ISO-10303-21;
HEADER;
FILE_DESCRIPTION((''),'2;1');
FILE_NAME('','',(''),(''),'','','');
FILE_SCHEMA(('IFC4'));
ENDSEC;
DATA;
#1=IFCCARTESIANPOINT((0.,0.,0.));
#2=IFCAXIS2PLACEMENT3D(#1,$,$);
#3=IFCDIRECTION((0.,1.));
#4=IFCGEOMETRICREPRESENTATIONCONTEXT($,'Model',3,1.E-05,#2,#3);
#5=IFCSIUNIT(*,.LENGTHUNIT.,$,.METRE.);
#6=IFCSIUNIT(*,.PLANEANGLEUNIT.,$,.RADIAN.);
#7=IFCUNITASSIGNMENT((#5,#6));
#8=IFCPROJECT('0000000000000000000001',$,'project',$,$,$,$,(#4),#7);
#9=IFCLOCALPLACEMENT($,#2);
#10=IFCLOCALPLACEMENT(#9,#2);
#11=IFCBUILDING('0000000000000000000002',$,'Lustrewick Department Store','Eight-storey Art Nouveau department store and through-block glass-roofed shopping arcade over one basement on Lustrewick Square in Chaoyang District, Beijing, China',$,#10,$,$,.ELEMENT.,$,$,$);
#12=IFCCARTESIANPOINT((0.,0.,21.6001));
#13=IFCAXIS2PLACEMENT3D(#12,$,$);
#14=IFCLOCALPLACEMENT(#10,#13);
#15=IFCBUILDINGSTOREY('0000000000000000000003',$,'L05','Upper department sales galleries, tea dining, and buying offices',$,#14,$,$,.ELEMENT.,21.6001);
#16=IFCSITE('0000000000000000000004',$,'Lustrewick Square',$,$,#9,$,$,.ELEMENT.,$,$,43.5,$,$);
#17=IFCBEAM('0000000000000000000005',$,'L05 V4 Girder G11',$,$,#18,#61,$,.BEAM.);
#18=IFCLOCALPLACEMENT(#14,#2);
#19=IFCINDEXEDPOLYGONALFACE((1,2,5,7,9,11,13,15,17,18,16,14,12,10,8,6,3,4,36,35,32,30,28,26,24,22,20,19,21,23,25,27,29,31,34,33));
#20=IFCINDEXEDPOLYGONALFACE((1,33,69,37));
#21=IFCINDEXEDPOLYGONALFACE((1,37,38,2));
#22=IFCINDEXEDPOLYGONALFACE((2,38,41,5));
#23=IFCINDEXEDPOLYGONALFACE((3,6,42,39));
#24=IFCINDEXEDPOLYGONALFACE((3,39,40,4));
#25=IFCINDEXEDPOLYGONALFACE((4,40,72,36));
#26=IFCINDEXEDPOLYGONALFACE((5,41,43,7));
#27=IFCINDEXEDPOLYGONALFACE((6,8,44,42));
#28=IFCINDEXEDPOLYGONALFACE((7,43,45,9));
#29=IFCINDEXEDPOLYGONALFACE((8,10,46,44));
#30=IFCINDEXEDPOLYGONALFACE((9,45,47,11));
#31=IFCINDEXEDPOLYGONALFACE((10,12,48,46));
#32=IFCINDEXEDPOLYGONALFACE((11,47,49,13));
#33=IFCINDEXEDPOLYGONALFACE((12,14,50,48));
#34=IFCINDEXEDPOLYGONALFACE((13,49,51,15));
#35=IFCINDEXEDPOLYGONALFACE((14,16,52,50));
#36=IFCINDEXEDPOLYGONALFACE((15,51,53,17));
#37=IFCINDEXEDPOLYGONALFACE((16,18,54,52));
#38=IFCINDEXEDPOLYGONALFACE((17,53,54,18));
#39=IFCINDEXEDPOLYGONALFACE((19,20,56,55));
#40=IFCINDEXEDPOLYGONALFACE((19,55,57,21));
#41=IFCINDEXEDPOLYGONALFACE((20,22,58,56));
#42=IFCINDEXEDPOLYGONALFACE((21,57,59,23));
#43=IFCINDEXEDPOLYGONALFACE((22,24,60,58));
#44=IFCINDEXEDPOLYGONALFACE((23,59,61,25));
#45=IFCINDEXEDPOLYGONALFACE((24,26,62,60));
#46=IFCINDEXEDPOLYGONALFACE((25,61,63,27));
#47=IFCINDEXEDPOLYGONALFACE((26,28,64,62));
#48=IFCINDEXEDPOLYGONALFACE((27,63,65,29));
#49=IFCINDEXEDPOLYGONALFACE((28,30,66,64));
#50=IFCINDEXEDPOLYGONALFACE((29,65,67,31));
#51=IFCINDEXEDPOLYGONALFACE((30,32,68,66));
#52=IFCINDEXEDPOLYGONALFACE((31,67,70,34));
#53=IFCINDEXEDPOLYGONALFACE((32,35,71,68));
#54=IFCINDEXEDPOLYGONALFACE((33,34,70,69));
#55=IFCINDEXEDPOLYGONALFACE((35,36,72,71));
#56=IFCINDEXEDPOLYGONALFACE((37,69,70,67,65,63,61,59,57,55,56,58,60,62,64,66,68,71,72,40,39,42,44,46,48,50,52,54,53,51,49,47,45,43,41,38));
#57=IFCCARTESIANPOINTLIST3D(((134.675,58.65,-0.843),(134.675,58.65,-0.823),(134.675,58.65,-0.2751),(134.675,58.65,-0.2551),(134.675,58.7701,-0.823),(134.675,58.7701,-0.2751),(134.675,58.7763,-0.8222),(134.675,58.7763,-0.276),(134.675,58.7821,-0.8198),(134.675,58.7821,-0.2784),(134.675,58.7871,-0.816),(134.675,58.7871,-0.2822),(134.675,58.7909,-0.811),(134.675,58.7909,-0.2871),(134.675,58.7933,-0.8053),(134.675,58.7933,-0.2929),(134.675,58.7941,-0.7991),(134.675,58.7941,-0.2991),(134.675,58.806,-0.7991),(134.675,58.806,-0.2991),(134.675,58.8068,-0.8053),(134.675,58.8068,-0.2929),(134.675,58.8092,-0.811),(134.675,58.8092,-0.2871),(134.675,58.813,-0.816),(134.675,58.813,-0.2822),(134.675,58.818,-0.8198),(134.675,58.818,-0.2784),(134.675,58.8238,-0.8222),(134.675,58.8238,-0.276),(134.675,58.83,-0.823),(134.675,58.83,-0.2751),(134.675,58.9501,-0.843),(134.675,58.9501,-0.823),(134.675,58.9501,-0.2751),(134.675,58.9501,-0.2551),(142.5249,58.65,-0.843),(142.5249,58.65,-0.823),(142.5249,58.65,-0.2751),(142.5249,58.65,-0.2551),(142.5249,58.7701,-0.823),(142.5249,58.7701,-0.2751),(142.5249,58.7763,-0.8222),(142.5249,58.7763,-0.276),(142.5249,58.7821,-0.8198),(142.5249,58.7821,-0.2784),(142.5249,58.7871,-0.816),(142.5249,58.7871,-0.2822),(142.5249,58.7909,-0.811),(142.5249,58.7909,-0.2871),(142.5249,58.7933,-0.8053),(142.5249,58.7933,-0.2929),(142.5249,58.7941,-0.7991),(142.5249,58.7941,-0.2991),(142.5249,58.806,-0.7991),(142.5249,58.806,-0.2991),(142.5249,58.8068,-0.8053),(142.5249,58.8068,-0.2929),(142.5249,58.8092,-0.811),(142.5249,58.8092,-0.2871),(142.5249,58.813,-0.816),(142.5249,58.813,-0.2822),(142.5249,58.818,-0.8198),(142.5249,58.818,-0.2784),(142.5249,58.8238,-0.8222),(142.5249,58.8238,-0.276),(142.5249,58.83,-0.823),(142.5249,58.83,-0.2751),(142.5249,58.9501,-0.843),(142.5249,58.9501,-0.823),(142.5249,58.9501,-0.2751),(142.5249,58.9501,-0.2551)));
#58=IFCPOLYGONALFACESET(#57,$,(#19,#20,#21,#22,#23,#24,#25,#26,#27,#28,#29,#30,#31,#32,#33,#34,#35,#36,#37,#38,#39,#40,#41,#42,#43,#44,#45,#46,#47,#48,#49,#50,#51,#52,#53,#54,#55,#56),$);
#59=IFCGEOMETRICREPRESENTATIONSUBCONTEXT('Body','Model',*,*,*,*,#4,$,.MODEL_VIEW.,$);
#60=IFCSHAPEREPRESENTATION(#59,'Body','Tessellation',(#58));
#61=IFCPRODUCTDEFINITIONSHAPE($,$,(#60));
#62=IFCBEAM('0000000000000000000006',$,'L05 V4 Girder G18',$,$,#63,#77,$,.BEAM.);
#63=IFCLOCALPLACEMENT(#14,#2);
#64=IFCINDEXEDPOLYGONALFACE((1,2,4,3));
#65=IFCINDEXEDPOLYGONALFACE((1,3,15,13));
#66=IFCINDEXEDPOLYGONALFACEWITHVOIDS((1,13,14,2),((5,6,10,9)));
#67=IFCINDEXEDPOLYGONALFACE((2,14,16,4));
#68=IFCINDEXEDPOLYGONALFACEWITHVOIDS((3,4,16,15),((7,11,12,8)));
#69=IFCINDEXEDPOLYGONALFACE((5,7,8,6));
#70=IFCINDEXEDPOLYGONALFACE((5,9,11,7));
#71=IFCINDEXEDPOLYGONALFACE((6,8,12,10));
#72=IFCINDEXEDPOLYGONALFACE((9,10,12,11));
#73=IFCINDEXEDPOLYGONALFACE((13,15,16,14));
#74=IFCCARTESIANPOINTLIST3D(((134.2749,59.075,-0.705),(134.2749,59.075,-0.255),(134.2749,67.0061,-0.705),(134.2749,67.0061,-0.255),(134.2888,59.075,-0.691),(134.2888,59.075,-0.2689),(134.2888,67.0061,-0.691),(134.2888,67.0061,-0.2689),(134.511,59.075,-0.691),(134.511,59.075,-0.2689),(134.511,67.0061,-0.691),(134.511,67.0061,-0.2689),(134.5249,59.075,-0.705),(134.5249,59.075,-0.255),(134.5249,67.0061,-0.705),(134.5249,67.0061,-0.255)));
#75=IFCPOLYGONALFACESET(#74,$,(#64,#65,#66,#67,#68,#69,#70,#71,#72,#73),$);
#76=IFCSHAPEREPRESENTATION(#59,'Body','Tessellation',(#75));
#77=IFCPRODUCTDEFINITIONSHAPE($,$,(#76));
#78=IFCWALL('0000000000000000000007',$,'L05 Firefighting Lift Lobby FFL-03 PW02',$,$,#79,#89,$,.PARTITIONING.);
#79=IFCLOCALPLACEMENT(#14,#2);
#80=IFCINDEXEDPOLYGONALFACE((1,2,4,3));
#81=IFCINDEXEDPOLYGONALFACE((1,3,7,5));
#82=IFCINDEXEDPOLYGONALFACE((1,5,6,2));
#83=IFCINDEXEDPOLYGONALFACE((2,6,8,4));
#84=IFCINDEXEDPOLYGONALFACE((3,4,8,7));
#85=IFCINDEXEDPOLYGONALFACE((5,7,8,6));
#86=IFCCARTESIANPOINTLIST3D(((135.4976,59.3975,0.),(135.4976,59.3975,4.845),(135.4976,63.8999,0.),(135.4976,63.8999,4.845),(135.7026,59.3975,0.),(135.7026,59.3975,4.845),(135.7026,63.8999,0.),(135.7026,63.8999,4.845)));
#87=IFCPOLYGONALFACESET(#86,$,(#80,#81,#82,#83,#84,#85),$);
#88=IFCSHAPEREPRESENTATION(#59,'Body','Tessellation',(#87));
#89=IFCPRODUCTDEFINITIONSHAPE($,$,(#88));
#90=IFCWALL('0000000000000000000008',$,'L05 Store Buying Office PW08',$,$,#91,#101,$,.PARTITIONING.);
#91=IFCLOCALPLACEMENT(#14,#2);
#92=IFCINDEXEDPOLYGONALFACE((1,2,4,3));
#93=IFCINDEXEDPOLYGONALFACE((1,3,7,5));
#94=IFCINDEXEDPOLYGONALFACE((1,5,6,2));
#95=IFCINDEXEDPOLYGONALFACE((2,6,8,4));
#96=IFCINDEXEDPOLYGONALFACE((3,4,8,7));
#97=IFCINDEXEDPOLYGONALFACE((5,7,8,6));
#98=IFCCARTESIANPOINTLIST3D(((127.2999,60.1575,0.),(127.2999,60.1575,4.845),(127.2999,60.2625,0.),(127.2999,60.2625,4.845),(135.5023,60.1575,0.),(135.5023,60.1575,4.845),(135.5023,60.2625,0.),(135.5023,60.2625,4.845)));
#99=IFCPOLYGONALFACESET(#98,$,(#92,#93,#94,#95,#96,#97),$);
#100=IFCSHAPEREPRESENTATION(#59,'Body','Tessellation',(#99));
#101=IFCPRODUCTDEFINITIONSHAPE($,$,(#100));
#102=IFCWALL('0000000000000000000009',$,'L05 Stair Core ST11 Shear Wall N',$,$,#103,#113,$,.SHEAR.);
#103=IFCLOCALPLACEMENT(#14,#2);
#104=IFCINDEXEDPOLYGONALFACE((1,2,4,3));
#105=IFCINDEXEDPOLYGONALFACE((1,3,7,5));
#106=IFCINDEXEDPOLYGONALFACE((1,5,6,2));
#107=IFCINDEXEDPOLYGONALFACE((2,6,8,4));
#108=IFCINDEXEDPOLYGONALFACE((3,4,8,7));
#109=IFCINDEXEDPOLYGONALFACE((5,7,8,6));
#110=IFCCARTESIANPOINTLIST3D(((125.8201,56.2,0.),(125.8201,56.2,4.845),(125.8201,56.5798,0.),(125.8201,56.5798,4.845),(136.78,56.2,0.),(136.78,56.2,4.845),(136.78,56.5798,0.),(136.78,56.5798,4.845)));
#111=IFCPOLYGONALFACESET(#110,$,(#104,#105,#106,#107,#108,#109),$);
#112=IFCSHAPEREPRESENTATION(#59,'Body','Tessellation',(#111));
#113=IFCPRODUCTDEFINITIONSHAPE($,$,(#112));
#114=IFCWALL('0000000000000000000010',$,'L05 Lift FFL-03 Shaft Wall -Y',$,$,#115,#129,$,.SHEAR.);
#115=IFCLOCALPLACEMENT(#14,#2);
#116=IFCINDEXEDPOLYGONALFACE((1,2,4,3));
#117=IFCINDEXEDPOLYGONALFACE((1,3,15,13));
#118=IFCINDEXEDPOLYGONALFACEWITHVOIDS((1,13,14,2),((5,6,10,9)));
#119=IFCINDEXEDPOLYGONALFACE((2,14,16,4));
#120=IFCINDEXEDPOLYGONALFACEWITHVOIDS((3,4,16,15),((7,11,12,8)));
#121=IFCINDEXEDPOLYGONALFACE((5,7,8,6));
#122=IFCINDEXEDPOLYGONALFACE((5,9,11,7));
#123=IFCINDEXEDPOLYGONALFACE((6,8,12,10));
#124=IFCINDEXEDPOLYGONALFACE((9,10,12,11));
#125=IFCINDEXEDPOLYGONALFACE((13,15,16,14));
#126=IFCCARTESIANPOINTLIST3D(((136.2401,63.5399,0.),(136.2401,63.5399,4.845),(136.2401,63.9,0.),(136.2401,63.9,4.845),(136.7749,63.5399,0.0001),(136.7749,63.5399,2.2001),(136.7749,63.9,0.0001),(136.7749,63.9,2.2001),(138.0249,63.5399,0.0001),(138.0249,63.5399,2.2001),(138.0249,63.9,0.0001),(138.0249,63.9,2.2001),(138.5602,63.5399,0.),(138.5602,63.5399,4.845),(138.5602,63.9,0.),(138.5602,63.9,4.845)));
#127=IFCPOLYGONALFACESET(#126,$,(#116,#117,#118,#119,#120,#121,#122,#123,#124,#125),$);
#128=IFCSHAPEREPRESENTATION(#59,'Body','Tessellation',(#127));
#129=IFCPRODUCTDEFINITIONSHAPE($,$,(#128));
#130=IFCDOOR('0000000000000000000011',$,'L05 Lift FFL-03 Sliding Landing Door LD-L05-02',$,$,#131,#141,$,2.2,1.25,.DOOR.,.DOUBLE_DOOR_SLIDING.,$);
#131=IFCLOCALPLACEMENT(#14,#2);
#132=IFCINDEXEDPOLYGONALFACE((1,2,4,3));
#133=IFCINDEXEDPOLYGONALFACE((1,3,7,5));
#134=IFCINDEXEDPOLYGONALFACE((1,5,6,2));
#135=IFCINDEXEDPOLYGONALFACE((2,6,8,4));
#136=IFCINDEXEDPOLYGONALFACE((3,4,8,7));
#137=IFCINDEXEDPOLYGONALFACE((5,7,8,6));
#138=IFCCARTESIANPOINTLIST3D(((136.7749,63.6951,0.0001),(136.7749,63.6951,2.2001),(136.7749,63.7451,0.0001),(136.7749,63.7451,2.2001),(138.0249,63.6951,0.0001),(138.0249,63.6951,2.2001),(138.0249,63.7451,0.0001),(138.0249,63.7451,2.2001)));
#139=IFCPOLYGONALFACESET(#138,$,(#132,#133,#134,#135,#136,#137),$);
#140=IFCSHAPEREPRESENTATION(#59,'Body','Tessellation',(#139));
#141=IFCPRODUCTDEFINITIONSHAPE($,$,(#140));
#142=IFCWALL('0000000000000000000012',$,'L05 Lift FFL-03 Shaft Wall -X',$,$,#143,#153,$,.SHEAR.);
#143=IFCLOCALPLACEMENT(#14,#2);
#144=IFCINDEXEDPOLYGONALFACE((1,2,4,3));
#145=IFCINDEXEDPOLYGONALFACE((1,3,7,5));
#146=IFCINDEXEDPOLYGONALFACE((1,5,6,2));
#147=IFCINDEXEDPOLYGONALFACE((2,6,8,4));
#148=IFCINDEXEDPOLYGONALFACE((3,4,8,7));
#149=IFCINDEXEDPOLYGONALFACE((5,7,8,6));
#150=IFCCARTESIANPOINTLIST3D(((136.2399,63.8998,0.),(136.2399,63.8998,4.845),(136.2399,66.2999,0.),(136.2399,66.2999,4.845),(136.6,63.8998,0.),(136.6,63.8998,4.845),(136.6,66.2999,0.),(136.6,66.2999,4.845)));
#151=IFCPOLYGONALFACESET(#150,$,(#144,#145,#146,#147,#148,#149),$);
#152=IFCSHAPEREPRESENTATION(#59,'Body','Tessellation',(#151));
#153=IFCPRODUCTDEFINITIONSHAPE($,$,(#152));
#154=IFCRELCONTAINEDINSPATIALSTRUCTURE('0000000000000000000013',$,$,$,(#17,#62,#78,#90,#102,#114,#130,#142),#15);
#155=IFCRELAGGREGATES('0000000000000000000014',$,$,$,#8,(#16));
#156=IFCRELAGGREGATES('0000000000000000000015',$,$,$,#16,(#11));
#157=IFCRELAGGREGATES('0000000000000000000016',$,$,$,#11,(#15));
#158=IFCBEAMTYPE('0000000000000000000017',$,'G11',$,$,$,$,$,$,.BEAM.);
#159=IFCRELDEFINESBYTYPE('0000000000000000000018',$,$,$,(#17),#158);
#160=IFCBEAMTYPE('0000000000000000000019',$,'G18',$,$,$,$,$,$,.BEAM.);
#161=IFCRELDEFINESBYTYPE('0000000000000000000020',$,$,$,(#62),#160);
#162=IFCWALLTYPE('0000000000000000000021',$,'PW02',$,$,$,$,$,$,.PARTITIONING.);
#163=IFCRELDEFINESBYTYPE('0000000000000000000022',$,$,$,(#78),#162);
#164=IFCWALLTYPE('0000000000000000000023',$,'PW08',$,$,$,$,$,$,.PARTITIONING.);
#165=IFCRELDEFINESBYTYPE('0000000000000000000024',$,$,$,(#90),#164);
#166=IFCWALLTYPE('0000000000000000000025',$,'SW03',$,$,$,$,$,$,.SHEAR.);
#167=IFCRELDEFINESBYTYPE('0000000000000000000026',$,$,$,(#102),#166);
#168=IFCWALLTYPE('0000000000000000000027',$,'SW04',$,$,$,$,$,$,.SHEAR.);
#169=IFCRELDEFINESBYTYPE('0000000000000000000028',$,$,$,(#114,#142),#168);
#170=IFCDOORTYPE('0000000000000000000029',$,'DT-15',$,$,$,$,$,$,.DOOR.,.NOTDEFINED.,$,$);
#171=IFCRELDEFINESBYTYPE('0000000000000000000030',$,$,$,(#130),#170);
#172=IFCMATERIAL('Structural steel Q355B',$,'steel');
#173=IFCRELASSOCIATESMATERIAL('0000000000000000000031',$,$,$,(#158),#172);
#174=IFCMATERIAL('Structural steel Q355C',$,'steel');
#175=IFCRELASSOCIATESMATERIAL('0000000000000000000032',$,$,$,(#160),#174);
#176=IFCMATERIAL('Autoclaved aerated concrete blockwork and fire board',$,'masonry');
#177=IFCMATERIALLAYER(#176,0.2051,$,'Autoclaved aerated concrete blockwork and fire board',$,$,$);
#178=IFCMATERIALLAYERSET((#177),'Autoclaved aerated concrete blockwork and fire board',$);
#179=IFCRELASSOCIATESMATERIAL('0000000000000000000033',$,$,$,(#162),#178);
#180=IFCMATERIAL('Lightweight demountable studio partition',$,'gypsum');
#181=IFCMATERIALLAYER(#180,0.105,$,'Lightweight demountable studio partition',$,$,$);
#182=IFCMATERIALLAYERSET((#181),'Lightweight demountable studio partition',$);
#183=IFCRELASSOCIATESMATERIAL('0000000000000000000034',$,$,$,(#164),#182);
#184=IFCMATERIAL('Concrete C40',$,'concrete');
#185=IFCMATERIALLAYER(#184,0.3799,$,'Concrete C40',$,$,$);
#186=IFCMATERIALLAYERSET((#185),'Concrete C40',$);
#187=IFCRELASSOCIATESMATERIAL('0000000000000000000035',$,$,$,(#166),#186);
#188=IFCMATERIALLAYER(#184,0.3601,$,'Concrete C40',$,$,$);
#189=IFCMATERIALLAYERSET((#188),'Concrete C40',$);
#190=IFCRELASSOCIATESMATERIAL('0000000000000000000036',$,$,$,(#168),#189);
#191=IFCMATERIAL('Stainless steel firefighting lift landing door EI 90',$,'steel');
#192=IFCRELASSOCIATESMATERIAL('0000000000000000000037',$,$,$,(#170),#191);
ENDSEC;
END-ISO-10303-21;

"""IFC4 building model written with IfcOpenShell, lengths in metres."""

from ifc_helpers import new_model, si_unit, direction, frame, frame_2d, origin, origin_2d, place, context, subcontext, project, spatial, rectangle, hollow_rectangle, i_section, extrude, material, layer, layer_set, material_profile, profile_set, type_object, element, fill, save


model = new_model("IFC4")

# Units and contexts
model_context = context("Model", 3, precision=1e-05, world=origin(), true_north=direction((0.0, 1.0)))
body_context = subcontext(model_context, "Body", "Model", "MODEL_VIEW")
ifc_project = project(units=[si_unit("LENGTHUNIT", "METRE"), si_unit("PLANEANGLEUNIT", "RADIAN")], contexts=[model_context])

# Site, building, storey
site_placement = place(None, origin())
site = spatial("IfcSite", under=ifc_project, at=site_placement, Name="Lustrewick Square", CompositionType="ELEMENT", RefElevation=43.5)
building_placement = place(site_placement, origin())
building = spatial("IfcBuilding", under=site, at=building_placement, Name="Lustrewick Department Store", Description="Eight-storey Art Nouveau department store and through-block glass-roofed shopping arcade over one basement on Lustrewick Square in Chaoyang District, Beijing, China", CompositionType="ELEMENT")
storey_placement = place(building_placement, frame((0.0, 0.0, 21.6001)))
storey = spatial("IfcBuildingStorey", under=building, at=storey_placement, Name="L05", Description="Upper department sales galleries, tea dining, and buying offices", CompositionType="ELEMENT", Elevation=21.6001)

# Shared definitions
ifc_material_1 = material(Name="Structural steel Q355B", Category="steel")

# Shared definitions
ifc_material_2 = material(Name="Structural steel Q355C", Category="steel")

# Beams
ifc_material_profile_1 = material_profile(ifc_material_1, i_section(OverallWidth=0.3, OverallDepth=0.5879, WebThickness=0.012, FlangeThickness=0.02, FilletRadius=0.0239, at=origin_2d()), Name="HM 588x300x12x20")
ifc_profile_set_1 = profile_set([ifc_material_profile_1], Name="Structural steel Q355B")
beam_type_1 = type_object("IfcBeamType", Name="G11", PredefinedType="BEAM", material=ifc_profile_set_1)
beam_1_placement = place(storey_placement, frame((134.675, 58.8, -0.5491), z_axis=(1.0, 0.0, 0.0), x_axis=(0.0, 1.0, 0.0)))
element("IfcBeam", 1, at=beam_1_placement, inside=storey, type_object=beam_type_1, Name="L05 V4 Girder G11", PredefinedType="BEAM", context=body_context, shape_type="SweptSolid", body=[
    extrude(i_section(OverallWidth=0.3, OverallDepth=0.5879, WebThickness=0.012, FlangeThickness=0.02, FilletRadius=0.0239, at=origin_2d()), origin(), (0.0, 0.0, 1.0), 7.8499),
])
ifc_material_profile_2 = material_profile(ifc_material_2, hollow_rectangle(XDim=0.25, YDim=0.45, WallThickness=0.0139, at=origin_2d()), Name="RHS 450x250x14")
ifc_profile_set_2 = profile_set([ifc_material_profile_2], Name="Structural steel Q355C")
beam_type_2 = type_object("IfcBeamType", Name="G18", PredefinedType="BEAM", material=ifc_profile_set_2)
beam_2_placement = place(storey_placement, frame((134.3999, 59.075, -0.48), z_axis=(0.0, 1.0, 0.0), x_axis=(-1.0, 0.0, 0.0)))
element("IfcBeam", 2, at=beam_2_placement, inside=storey, type_object=beam_type_2, Name="L05 V4 Girder G18", PredefinedType="BEAM", context=body_context, shape_type="SweptSolid", body=[
    extrude(hollow_rectangle(XDim=0.25, YDim=0.45, WallThickness=0.0139, at=origin_2d()), origin(), (0.0, 0.0, 1.0), 7.9312),
])

# Shared definitions
ifc_material_3 = material(Name="Autoclaved aerated concrete blockwork and fire board", Category="masonry")
ifc_layer_1 = layer(ifc_material_3, 0.2051, Name="Autoclaved aerated concrete blockwork and fire board")
ifc_layer_set_1 = layer_set([ifc_layer_1], Name="Autoclaved aerated concrete blockwork and fire board")
wall_type_1 = type_object("IfcWallType", Name="PW02", PredefinedType="PARTITIONING", material=ifc_layer_set_1)

# Walls
wall_1_placement = place(storey_placement, frame((135.6001, 63.8999, 0.0), z_axis=(0.0, 0.0, 1.0), x_axis=(0.0, -1.0, 0.0)))
element("IfcWall", 3, at=wall_1_placement, inside=storey, type_object=wall_type_1, Name="L05 Firefighting Lift Lobby FFL-03 PW02", PredefinedType="PARTITIONING", context=body_context, shape_type="SweptSolid", body=[
    extrude(rectangle(XDim=4.5024, YDim=0.2051, at=frame_2d((2.2512, 0.0))), origin(), (0.0, 0.0, 1.0), 4.845),
])
ifc_material_4 = material(Name="Lightweight demountable studio partition", Category="gypsum")
ifc_layer_2 = layer(ifc_material_4, 0.105, Name="Lightweight demountable studio partition")
ifc_layer_set_2 = layer_set([ifc_layer_2], Name="Lightweight demountable studio partition")
wall_type_2 = type_object("IfcWallType", Name="PW08", PredefinedType="PARTITIONING", material=ifc_layer_set_2)
wall_2_placement = place(storey_placement, frame((127.3, 60.21, 0.0), z_axis=(0.0, 0.0, 1.0), x_axis=(1.0, 0.0, 0.0)))
element("IfcWall", 4, at=wall_2_placement, inside=storey, type_object=wall_type_2, Name="L05 Store Buying Office PW08", PredefinedType="PARTITIONING", context=body_context, shape_type="SweptSolid", body=[
    extrude(rectangle(XDim=8.2024, YDim=0.105, at=frame_2d((4.1011, 0.0))), origin(), (0.0, 0.0, 1.0), 4.845),
])
ifc_material_5 = material(Name="Concrete C40", Category="concrete")
ifc_layer_3 = layer(ifc_material_5, 0.3799, Name="Concrete C40")
ifc_layer_set_3 = layer_set([ifc_layer_3], Name="Concrete C40")
wall_type_3 = type_object("IfcWallType", Name="SW03", PredefinedType="SHEAR", material=ifc_layer_set_3)
wall_3_placement = place(storey_placement, frame((136.78, 56.3899, 0.0), z_axis=(0.0, 0.0, 1.0), x_axis=(-1.0, 0.0, 0.0)))
element("IfcWall", 5, at=wall_3_placement, inside=storey, type_object=wall_type_3, Name="L05 Stair Core ST11 Shear Wall N", PredefinedType="SHEAR", context=body_context, shape_type="SweptSolid", body=[
    extrude(rectangle(XDim=10.96, YDim=0.3799, at=frame_2d((5.48, 0.0))), origin(), (0.0, 0.0, 1.0), 4.845),
])

# Wall, opening, door
ifc_layer_4 = layer(ifc_material_5, 0.3601, Name="Concrete C40")
ifc_layer_set_4 = layer_set([ifc_layer_4], Name="Concrete C40")
wall_type_4 = type_object("IfcWallType", Name="SW04", PredefinedType="SHEAR", material=ifc_layer_set_4)
wall_4_placement = place(storey_placement, frame((136.24, 63.72, 0.0), z_axis=(0.0, 0.0, 1.0), x_axis=(1.0, 0.0, 0.0)))
wall_4 = element("IfcWall", 6, at=wall_4_placement, inside=storey, type_object=wall_type_4, Name="L05 Lift FFL-03 Shaft Wall -Y", PredefinedType="SHEAR", context=body_context, shape_type="SweptSolid", body=[
    extrude(rectangle(XDim=2.3201, YDim=0.3601, at=frame_2d((1.1602, 0.0))), origin(), (0.0, 0.0, 1.0), 4.845),
])
opening_1_placement = place(wall_4_placement, frame((0.5349, 0.0, 0.0)))
opening_1 = element("IfcOpeningElement", 7, at=opening_1_placement, cuts=wall_4, PredefinedType="OPENING", context=body_context, shape_type="SweptSolid", body=[
    extrude(rectangle(XDim=1.25, YDim=2.2, at=frame_2d((0.625, 1.1001))), frame((0.0, 0.1899, 0.0), z_axis=(0.0, -1.0, 0.0), x_axis=(1.0, 0.0, 0.0)), (0.0, 0.0, 1.0), 0.3801),
])
ifc_material_6 = material(Name="Stainless steel firefighting lift landing door EI 90", Category="steel")
door_type_1 = type_object("IfcDoorType", Name="DT-15", OperationType="NOTDEFINED", PredefinedType="DOOR", material=ifc_material_6)
door_1_placement = place(opening_1_placement, frame((1.25, 0.0, 0.0), z_axis=(0.0, 0.0, 1.0), x_axis=(-1.0, 0.0, 0.0)))
door_1 = element("IfcDoor", 8, at=door_1_placement, inside=storey, type_object=door_type_1, Name="L05 Lift FFL-03 Sliding Landing Door LD-L05-02", OperationType="DOUBLE_DOOR_SLIDING", OverallHeight=2.2, OverallWidth=1.25, PredefinedType="DOOR", context=body_context, shape_type="SweptSolid", body=[
    extrude(rectangle(XDim=1.25, YDim=2.2, at=frame_2d((0.625, 1.1001))), frame((0.0, 0.0249, 0.0), z_axis=(0.0, -1.0, 0.0), x_axis=(1.0, 0.0, 0.0)), (0.0, 0.0, 1.0), 0.05),
])
fill(opening_1, door_1)

# Wall
wall_5_placement = place(storey_placement, frame((136.4199, 66.3, 0.0), z_axis=(0.0, 0.0, 1.0), x_axis=(0.0, -1.0, 0.0)))
element("IfcWall", 9, at=wall_5_placement, inside=storey, type_object=wall_type_4, Name="L05 Lift FFL-03 Shaft Wall -X", PredefinedType="SHEAR", context=body_context, shape_type="SweptSolid", body=[
    extrude(rectangle(XDim=2.4001, YDim=0.3601, at=frame_2d((1.2002, 0.0))), origin(), (0.0, 0.0, 1.0), 4.845),
])

save(model, "model.ifc")
